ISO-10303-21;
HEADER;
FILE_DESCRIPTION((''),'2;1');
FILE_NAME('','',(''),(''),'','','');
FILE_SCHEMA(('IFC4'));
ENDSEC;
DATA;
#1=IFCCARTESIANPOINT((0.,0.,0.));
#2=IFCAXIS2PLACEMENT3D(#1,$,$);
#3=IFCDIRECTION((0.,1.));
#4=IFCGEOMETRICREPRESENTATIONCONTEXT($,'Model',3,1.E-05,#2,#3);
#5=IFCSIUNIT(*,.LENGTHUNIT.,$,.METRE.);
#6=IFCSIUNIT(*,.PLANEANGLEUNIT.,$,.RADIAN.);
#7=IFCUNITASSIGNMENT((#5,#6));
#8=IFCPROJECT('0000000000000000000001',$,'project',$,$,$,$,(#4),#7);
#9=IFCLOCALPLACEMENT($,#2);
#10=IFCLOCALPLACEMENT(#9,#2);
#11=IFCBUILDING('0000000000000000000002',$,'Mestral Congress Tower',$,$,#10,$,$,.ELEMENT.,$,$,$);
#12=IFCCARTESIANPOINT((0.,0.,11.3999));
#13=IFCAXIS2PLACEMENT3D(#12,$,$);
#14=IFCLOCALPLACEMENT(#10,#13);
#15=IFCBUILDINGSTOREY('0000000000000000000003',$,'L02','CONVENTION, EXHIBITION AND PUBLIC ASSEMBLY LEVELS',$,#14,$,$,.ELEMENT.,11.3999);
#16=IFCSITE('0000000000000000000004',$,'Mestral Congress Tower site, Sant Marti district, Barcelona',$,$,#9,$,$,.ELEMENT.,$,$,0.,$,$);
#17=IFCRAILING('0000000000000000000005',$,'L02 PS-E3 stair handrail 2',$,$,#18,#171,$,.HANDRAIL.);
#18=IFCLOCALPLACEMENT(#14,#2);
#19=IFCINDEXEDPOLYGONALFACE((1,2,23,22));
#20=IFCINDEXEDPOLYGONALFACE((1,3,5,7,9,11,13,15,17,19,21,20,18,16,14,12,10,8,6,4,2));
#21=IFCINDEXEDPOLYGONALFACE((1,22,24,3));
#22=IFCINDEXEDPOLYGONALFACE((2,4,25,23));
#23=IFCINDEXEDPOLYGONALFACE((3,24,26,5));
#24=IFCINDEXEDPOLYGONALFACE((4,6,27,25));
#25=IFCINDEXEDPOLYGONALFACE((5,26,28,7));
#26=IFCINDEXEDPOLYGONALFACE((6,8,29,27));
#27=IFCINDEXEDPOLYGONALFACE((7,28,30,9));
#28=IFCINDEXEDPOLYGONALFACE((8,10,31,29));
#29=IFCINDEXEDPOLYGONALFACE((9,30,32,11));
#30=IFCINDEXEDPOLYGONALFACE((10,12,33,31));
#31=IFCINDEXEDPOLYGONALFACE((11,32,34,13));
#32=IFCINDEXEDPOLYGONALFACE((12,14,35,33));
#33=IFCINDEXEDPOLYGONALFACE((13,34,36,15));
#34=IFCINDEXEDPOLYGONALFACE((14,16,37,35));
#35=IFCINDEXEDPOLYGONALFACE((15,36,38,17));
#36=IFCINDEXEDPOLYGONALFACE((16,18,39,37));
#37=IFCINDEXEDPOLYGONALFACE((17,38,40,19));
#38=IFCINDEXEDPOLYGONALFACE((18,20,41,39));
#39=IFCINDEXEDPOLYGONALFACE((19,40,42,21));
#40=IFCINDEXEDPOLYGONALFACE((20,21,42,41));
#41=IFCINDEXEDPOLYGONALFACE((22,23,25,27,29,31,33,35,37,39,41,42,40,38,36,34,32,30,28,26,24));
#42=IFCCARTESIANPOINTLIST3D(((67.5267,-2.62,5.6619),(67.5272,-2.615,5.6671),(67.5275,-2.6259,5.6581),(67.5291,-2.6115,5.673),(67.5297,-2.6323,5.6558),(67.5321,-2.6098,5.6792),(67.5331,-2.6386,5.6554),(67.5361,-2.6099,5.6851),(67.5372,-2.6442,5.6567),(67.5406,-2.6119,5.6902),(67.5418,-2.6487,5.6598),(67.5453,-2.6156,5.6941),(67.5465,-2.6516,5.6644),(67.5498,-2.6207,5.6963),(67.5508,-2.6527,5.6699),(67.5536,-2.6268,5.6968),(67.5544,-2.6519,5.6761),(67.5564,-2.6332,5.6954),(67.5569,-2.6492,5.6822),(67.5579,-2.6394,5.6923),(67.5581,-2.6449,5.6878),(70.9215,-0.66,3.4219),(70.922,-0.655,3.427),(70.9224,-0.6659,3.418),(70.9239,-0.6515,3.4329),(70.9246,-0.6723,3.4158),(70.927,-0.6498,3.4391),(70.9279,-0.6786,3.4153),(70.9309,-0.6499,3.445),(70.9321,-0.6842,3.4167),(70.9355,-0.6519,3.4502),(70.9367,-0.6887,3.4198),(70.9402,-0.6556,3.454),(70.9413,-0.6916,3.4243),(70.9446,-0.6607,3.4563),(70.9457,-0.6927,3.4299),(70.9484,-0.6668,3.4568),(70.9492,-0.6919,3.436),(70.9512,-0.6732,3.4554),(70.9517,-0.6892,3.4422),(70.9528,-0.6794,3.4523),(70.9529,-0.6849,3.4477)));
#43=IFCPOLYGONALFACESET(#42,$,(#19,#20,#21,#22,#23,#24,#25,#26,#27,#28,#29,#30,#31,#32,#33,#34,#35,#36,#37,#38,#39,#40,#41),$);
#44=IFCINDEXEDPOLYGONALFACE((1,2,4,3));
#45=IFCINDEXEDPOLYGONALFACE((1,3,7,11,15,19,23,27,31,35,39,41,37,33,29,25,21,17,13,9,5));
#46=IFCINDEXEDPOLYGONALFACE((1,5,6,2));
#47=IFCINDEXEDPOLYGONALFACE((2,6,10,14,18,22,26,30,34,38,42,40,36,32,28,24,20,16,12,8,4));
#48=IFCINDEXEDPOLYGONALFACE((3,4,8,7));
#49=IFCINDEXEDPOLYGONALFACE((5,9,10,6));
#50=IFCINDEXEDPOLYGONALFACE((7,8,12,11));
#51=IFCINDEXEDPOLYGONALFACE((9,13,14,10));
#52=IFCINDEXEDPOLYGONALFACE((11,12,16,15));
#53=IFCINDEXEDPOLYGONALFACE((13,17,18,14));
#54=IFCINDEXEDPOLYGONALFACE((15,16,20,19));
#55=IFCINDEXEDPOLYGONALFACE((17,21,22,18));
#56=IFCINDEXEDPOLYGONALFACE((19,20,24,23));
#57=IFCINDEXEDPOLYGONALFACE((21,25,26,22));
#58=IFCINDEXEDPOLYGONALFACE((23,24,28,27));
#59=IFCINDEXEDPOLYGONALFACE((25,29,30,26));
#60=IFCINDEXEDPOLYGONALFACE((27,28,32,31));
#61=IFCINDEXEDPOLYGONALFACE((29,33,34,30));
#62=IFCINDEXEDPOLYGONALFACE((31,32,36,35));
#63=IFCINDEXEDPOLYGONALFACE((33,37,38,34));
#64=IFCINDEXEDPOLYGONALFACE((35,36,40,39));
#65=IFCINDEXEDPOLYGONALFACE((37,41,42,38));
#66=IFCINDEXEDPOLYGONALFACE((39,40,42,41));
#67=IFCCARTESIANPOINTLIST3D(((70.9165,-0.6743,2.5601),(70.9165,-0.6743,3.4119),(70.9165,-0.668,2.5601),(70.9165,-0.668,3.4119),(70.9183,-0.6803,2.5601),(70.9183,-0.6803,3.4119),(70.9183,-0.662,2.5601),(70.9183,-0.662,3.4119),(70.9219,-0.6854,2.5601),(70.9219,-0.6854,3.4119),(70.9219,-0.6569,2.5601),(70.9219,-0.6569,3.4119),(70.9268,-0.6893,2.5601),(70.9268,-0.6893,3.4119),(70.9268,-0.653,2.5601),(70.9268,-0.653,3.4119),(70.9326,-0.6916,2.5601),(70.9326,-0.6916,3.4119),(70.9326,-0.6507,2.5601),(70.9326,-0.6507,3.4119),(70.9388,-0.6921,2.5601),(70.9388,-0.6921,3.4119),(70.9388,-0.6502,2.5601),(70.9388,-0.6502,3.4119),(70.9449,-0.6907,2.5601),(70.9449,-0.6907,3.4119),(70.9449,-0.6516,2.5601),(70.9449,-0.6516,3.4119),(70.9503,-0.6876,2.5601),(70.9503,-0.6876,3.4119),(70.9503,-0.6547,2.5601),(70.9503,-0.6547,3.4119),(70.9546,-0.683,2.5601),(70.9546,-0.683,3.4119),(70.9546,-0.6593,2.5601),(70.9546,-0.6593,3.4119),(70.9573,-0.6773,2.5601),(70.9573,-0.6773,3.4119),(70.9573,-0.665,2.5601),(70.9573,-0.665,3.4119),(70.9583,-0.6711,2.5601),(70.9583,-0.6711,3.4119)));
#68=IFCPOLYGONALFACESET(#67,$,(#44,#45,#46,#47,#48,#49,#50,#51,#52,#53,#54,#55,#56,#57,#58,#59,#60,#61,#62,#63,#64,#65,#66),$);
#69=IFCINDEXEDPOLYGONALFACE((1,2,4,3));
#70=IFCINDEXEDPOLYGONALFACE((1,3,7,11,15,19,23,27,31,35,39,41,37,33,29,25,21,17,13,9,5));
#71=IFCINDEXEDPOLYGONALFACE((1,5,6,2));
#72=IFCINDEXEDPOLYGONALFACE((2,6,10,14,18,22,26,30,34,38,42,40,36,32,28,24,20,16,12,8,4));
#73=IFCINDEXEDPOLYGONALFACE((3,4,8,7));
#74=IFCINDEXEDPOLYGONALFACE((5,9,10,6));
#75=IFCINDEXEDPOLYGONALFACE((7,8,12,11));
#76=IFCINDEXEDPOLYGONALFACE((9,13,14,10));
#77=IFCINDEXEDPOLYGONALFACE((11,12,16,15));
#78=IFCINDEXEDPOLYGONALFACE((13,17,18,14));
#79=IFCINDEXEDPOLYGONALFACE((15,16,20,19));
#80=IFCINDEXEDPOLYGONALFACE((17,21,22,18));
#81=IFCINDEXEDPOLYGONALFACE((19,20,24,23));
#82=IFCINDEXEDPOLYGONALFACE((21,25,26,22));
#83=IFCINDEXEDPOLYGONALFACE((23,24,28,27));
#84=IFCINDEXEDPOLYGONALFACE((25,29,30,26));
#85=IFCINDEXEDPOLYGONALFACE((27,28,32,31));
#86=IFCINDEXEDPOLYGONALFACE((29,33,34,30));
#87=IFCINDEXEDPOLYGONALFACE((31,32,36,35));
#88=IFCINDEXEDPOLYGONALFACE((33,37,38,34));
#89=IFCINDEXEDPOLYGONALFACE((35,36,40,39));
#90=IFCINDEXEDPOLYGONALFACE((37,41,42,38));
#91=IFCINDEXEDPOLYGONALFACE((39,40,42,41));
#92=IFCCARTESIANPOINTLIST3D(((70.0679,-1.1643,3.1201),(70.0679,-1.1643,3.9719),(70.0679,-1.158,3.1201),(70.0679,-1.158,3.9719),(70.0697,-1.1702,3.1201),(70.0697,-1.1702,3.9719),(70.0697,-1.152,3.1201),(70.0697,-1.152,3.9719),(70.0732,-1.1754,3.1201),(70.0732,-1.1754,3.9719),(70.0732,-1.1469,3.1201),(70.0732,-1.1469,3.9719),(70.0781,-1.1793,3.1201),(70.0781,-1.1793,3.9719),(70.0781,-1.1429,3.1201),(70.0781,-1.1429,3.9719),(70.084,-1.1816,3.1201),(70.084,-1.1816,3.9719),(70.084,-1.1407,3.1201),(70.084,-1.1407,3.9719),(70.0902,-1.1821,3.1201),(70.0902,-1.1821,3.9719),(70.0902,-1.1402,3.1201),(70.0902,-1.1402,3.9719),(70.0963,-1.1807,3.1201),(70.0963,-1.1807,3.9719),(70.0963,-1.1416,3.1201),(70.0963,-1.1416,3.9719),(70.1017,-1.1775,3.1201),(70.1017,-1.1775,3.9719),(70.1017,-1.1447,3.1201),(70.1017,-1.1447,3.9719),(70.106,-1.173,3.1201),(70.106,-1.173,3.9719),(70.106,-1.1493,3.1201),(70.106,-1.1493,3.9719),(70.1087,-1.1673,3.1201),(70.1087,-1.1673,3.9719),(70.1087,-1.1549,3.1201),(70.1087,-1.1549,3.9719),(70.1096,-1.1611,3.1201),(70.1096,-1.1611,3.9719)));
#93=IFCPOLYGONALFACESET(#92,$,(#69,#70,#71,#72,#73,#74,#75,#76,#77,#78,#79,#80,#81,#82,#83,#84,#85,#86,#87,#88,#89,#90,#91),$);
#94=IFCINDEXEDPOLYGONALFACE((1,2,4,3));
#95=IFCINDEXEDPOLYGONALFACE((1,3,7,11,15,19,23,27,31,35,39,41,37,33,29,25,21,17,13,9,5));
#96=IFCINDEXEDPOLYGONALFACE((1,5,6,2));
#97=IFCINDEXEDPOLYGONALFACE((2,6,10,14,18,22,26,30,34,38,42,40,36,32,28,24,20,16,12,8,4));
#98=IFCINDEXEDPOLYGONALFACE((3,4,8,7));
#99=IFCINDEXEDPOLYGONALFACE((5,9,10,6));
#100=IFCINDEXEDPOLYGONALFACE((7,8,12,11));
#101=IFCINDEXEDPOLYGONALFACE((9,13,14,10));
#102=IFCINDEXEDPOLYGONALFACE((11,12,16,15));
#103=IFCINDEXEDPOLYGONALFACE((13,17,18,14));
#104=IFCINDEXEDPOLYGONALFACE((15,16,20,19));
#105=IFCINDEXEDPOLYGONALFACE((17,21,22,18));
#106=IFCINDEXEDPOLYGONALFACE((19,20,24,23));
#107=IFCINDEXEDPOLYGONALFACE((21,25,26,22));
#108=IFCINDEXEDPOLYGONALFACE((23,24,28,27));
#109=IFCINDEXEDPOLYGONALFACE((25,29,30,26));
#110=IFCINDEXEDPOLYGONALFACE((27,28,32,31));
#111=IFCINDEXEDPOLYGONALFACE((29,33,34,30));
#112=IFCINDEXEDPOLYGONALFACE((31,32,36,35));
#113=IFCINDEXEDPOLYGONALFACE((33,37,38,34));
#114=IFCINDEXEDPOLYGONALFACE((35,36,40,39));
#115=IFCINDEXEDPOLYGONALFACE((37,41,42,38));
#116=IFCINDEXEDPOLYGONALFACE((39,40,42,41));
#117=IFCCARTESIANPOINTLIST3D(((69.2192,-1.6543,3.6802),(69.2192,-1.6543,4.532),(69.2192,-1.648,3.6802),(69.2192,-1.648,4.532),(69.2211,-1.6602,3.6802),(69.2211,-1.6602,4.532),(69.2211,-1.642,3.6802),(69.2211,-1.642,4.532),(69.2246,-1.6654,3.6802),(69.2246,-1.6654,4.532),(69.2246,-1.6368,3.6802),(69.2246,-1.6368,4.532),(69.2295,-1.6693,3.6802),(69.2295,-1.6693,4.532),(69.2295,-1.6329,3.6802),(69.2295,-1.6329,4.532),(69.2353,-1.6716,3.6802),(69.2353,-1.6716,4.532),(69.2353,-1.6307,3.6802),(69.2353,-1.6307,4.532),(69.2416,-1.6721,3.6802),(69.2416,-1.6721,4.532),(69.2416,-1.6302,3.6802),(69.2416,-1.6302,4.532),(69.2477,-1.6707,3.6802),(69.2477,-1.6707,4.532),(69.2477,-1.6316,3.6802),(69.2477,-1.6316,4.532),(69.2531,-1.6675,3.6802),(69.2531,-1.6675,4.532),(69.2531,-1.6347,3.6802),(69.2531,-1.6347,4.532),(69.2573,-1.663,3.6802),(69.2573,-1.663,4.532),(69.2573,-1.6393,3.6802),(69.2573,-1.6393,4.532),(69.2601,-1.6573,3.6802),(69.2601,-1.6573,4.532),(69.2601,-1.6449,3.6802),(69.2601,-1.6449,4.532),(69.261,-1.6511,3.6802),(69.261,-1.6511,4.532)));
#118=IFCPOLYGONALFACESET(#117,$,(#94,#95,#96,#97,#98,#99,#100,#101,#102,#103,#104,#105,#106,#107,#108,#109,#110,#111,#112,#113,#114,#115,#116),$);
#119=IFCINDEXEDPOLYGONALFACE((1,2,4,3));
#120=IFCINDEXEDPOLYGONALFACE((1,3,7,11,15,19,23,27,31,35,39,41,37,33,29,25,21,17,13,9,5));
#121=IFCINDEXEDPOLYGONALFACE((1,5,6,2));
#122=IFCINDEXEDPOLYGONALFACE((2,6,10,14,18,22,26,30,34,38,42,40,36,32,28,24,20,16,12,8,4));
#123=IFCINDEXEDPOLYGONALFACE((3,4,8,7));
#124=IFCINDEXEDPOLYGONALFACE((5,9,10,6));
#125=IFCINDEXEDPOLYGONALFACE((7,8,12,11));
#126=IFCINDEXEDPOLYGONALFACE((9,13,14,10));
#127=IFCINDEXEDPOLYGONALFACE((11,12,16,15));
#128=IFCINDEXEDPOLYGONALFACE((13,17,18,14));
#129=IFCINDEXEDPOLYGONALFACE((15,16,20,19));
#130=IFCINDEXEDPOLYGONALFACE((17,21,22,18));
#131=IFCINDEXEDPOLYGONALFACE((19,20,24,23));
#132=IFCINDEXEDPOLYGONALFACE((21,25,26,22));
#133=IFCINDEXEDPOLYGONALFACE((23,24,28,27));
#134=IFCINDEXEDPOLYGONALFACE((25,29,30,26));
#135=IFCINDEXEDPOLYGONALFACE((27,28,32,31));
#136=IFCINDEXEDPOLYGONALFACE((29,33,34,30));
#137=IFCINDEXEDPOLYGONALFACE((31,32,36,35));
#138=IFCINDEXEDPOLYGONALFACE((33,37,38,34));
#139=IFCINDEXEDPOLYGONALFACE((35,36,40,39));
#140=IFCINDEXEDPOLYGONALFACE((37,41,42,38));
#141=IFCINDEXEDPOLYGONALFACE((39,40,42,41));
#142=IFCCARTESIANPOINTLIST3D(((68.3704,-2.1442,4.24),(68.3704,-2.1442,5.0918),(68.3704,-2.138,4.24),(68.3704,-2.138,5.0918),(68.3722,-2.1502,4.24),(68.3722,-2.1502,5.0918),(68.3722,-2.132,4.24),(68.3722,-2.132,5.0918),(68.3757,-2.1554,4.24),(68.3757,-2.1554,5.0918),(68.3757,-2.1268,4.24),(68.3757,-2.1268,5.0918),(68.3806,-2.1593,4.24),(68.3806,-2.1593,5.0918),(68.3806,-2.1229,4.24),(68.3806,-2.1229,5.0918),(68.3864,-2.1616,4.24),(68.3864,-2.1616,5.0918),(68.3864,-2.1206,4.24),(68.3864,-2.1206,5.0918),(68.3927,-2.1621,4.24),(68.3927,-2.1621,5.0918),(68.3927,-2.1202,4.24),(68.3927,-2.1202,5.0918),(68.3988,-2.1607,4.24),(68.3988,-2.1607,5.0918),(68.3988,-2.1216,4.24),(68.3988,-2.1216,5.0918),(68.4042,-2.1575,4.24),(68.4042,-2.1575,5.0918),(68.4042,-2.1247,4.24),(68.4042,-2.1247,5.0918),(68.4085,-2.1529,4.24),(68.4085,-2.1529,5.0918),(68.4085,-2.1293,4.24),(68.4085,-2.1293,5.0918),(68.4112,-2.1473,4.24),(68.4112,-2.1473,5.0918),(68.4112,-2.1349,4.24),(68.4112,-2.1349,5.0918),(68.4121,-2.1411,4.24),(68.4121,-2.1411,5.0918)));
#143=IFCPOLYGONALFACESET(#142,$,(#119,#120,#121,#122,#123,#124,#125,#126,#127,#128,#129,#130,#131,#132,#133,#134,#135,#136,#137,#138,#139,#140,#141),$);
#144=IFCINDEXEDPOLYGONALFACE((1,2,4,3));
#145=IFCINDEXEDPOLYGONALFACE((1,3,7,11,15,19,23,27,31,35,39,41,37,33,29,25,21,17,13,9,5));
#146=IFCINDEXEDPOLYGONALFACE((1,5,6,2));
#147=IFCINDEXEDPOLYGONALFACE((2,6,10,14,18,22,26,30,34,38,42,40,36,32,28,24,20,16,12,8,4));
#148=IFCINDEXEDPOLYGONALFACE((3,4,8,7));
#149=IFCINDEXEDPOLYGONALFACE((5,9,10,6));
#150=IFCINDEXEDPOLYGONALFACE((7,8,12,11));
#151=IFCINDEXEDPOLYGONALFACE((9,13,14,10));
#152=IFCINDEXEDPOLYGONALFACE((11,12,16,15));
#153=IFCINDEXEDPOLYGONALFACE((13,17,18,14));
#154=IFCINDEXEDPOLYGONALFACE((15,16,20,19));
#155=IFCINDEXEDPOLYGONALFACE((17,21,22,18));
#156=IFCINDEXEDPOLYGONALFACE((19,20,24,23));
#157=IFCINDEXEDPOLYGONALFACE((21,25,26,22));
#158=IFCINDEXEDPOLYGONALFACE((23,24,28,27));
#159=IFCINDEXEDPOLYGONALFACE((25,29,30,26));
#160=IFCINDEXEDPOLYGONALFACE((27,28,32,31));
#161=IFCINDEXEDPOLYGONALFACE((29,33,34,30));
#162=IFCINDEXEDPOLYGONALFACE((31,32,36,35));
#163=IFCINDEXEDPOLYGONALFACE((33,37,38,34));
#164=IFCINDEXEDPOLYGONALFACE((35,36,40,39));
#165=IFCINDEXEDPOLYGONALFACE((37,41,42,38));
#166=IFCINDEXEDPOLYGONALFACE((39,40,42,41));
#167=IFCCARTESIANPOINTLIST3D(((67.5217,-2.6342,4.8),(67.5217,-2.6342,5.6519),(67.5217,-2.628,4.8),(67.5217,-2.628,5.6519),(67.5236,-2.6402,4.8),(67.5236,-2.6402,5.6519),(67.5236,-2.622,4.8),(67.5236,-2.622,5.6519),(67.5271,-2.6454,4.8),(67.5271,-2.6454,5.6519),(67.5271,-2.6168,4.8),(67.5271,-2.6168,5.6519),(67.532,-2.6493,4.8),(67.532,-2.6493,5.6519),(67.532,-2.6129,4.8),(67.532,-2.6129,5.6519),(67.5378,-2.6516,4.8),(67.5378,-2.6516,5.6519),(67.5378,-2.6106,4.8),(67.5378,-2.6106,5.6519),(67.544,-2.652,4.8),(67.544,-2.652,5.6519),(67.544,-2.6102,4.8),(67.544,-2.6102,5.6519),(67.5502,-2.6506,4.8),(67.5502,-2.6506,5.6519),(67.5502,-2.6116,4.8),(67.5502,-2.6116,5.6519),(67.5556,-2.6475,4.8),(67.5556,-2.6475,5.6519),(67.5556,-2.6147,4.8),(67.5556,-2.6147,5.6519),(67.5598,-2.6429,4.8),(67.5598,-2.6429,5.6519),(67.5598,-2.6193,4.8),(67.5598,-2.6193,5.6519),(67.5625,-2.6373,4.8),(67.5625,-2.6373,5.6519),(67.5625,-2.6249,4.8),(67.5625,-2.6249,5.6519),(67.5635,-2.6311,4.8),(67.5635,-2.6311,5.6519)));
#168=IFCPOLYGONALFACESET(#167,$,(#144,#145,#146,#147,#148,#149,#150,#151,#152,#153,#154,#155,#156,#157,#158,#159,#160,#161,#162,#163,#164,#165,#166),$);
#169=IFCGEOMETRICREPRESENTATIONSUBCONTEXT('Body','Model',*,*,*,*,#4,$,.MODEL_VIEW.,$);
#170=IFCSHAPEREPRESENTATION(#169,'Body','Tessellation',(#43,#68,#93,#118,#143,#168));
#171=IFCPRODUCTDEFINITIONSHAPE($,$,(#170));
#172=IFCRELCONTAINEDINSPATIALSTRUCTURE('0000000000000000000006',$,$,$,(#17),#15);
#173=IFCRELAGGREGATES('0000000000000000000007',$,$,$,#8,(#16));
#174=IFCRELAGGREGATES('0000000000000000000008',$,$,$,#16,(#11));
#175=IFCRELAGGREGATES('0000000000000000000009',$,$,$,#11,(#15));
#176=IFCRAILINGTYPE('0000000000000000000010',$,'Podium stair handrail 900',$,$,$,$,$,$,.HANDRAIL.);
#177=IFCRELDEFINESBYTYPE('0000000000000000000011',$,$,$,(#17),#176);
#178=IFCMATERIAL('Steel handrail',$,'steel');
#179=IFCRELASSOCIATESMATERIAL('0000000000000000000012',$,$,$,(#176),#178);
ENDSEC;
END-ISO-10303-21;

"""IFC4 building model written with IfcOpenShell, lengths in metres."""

from ifc_helpers import new_model, si_unit, direction, frame, origin, origin_2d, place, context, subcontext, project, spatial, circle, extrude, material, type_object, element, save


model = new_model("IFC4")

# Units and contexts
model_context = context("Model", 3, precision=1e-05, world=origin(), true_north=direction((0.0, 1.0)))
body_context = subcontext(model_context, "Body", "Model", "MODEL_VIEW")
ifc_project = project(units=[si_unit("LENGTHUNIT", "METRE"), si_unit("PLANEANGLEUNIT", "RADIAN")], contexts=[model_context])

# Site, building, storey
site_placement = place(None, origin())
site = spatial("IfcSite", under=ifc_project, at=site_placement, Name="Mestral Congress Tower site, Sant Marti district, Barcelona", CompositionType="ELEMENT", RefElevation=0.0)
building_placement = place(site_placement, origin())
building = spatial("IfcBuilding", under=site, at=building_placement, Name="Mestral Congress Tower", CompositionType="ELEMENT")
storey_placement = place(building_placement, frame((0.0, 0.0, 11.3999)))
storey = spatial("IfcBuildingStorey", under=building, at=storey_placement, Name="L02", Description="CONVENTION, EXHIBITION AND PUBLIC ASSEMBLY LEVELS", CompositionType="ELEMENT", Elevation=11.3999)

# Railing
ifc_material_1 = material(Name="Steel handrail", Category="steel")
railing_type_1 = type_object("IfcRailingType", Name="Podium stair handrail 900", PredefinedType="HANDRAIL", material=ifc_material_1)
railing_1_placement = place(storey_placement, frame((70.9373, -0.6711, 2.5601)))
element("IfcRailing", 1, at=railing_1_placement, inside=storey, type_object=railing_type_1, Name="L02 PS-E3 stair handrail 2", PredefinedType="HANDRAIL", context=body_context, shape_type="SweptSolid", body=[
    extrude(circle(Radius=0.0239, at=origin_2d()), frame((0.0, 0.0, 0.876), z_axis=(-0.75192, -0.434118, 0.496143), x_axis=(0.499997, -0.866027, 0.0)), (0.0, 0.0, 1.0), 4.5149),
    extrude(circle(Radius=0.021, at=origin_2d()), origin(), (0.0, 0.0, 1.0), 0.8518),
    extrude(circle(Radius=0.021, at=origin_2d()), frame((-0.8486, -0.49, 0.5601)), (0.0, 0.0, 1.0), 0.8518),
    extrude(circle(Radius=0.021, at=origin_2d()), frame((-1.6973, -0.98, 1.1201)), (0.0, 0.0, 1.0), 0.8518),
    extrude(circle(Radius=0.021, at=origin_2d()), frame((-2.5461, -1.47, 1.6799)), (0.0, 0.0, 1.0), 0.8518),
    extrude(circle(Radius=0.021, at=origin_2d()), frame((-3.3948, -1.96, 2.24)), (0.0, 0.0, 1.0), 0.8518),
])

save(model, "model.ifc")
